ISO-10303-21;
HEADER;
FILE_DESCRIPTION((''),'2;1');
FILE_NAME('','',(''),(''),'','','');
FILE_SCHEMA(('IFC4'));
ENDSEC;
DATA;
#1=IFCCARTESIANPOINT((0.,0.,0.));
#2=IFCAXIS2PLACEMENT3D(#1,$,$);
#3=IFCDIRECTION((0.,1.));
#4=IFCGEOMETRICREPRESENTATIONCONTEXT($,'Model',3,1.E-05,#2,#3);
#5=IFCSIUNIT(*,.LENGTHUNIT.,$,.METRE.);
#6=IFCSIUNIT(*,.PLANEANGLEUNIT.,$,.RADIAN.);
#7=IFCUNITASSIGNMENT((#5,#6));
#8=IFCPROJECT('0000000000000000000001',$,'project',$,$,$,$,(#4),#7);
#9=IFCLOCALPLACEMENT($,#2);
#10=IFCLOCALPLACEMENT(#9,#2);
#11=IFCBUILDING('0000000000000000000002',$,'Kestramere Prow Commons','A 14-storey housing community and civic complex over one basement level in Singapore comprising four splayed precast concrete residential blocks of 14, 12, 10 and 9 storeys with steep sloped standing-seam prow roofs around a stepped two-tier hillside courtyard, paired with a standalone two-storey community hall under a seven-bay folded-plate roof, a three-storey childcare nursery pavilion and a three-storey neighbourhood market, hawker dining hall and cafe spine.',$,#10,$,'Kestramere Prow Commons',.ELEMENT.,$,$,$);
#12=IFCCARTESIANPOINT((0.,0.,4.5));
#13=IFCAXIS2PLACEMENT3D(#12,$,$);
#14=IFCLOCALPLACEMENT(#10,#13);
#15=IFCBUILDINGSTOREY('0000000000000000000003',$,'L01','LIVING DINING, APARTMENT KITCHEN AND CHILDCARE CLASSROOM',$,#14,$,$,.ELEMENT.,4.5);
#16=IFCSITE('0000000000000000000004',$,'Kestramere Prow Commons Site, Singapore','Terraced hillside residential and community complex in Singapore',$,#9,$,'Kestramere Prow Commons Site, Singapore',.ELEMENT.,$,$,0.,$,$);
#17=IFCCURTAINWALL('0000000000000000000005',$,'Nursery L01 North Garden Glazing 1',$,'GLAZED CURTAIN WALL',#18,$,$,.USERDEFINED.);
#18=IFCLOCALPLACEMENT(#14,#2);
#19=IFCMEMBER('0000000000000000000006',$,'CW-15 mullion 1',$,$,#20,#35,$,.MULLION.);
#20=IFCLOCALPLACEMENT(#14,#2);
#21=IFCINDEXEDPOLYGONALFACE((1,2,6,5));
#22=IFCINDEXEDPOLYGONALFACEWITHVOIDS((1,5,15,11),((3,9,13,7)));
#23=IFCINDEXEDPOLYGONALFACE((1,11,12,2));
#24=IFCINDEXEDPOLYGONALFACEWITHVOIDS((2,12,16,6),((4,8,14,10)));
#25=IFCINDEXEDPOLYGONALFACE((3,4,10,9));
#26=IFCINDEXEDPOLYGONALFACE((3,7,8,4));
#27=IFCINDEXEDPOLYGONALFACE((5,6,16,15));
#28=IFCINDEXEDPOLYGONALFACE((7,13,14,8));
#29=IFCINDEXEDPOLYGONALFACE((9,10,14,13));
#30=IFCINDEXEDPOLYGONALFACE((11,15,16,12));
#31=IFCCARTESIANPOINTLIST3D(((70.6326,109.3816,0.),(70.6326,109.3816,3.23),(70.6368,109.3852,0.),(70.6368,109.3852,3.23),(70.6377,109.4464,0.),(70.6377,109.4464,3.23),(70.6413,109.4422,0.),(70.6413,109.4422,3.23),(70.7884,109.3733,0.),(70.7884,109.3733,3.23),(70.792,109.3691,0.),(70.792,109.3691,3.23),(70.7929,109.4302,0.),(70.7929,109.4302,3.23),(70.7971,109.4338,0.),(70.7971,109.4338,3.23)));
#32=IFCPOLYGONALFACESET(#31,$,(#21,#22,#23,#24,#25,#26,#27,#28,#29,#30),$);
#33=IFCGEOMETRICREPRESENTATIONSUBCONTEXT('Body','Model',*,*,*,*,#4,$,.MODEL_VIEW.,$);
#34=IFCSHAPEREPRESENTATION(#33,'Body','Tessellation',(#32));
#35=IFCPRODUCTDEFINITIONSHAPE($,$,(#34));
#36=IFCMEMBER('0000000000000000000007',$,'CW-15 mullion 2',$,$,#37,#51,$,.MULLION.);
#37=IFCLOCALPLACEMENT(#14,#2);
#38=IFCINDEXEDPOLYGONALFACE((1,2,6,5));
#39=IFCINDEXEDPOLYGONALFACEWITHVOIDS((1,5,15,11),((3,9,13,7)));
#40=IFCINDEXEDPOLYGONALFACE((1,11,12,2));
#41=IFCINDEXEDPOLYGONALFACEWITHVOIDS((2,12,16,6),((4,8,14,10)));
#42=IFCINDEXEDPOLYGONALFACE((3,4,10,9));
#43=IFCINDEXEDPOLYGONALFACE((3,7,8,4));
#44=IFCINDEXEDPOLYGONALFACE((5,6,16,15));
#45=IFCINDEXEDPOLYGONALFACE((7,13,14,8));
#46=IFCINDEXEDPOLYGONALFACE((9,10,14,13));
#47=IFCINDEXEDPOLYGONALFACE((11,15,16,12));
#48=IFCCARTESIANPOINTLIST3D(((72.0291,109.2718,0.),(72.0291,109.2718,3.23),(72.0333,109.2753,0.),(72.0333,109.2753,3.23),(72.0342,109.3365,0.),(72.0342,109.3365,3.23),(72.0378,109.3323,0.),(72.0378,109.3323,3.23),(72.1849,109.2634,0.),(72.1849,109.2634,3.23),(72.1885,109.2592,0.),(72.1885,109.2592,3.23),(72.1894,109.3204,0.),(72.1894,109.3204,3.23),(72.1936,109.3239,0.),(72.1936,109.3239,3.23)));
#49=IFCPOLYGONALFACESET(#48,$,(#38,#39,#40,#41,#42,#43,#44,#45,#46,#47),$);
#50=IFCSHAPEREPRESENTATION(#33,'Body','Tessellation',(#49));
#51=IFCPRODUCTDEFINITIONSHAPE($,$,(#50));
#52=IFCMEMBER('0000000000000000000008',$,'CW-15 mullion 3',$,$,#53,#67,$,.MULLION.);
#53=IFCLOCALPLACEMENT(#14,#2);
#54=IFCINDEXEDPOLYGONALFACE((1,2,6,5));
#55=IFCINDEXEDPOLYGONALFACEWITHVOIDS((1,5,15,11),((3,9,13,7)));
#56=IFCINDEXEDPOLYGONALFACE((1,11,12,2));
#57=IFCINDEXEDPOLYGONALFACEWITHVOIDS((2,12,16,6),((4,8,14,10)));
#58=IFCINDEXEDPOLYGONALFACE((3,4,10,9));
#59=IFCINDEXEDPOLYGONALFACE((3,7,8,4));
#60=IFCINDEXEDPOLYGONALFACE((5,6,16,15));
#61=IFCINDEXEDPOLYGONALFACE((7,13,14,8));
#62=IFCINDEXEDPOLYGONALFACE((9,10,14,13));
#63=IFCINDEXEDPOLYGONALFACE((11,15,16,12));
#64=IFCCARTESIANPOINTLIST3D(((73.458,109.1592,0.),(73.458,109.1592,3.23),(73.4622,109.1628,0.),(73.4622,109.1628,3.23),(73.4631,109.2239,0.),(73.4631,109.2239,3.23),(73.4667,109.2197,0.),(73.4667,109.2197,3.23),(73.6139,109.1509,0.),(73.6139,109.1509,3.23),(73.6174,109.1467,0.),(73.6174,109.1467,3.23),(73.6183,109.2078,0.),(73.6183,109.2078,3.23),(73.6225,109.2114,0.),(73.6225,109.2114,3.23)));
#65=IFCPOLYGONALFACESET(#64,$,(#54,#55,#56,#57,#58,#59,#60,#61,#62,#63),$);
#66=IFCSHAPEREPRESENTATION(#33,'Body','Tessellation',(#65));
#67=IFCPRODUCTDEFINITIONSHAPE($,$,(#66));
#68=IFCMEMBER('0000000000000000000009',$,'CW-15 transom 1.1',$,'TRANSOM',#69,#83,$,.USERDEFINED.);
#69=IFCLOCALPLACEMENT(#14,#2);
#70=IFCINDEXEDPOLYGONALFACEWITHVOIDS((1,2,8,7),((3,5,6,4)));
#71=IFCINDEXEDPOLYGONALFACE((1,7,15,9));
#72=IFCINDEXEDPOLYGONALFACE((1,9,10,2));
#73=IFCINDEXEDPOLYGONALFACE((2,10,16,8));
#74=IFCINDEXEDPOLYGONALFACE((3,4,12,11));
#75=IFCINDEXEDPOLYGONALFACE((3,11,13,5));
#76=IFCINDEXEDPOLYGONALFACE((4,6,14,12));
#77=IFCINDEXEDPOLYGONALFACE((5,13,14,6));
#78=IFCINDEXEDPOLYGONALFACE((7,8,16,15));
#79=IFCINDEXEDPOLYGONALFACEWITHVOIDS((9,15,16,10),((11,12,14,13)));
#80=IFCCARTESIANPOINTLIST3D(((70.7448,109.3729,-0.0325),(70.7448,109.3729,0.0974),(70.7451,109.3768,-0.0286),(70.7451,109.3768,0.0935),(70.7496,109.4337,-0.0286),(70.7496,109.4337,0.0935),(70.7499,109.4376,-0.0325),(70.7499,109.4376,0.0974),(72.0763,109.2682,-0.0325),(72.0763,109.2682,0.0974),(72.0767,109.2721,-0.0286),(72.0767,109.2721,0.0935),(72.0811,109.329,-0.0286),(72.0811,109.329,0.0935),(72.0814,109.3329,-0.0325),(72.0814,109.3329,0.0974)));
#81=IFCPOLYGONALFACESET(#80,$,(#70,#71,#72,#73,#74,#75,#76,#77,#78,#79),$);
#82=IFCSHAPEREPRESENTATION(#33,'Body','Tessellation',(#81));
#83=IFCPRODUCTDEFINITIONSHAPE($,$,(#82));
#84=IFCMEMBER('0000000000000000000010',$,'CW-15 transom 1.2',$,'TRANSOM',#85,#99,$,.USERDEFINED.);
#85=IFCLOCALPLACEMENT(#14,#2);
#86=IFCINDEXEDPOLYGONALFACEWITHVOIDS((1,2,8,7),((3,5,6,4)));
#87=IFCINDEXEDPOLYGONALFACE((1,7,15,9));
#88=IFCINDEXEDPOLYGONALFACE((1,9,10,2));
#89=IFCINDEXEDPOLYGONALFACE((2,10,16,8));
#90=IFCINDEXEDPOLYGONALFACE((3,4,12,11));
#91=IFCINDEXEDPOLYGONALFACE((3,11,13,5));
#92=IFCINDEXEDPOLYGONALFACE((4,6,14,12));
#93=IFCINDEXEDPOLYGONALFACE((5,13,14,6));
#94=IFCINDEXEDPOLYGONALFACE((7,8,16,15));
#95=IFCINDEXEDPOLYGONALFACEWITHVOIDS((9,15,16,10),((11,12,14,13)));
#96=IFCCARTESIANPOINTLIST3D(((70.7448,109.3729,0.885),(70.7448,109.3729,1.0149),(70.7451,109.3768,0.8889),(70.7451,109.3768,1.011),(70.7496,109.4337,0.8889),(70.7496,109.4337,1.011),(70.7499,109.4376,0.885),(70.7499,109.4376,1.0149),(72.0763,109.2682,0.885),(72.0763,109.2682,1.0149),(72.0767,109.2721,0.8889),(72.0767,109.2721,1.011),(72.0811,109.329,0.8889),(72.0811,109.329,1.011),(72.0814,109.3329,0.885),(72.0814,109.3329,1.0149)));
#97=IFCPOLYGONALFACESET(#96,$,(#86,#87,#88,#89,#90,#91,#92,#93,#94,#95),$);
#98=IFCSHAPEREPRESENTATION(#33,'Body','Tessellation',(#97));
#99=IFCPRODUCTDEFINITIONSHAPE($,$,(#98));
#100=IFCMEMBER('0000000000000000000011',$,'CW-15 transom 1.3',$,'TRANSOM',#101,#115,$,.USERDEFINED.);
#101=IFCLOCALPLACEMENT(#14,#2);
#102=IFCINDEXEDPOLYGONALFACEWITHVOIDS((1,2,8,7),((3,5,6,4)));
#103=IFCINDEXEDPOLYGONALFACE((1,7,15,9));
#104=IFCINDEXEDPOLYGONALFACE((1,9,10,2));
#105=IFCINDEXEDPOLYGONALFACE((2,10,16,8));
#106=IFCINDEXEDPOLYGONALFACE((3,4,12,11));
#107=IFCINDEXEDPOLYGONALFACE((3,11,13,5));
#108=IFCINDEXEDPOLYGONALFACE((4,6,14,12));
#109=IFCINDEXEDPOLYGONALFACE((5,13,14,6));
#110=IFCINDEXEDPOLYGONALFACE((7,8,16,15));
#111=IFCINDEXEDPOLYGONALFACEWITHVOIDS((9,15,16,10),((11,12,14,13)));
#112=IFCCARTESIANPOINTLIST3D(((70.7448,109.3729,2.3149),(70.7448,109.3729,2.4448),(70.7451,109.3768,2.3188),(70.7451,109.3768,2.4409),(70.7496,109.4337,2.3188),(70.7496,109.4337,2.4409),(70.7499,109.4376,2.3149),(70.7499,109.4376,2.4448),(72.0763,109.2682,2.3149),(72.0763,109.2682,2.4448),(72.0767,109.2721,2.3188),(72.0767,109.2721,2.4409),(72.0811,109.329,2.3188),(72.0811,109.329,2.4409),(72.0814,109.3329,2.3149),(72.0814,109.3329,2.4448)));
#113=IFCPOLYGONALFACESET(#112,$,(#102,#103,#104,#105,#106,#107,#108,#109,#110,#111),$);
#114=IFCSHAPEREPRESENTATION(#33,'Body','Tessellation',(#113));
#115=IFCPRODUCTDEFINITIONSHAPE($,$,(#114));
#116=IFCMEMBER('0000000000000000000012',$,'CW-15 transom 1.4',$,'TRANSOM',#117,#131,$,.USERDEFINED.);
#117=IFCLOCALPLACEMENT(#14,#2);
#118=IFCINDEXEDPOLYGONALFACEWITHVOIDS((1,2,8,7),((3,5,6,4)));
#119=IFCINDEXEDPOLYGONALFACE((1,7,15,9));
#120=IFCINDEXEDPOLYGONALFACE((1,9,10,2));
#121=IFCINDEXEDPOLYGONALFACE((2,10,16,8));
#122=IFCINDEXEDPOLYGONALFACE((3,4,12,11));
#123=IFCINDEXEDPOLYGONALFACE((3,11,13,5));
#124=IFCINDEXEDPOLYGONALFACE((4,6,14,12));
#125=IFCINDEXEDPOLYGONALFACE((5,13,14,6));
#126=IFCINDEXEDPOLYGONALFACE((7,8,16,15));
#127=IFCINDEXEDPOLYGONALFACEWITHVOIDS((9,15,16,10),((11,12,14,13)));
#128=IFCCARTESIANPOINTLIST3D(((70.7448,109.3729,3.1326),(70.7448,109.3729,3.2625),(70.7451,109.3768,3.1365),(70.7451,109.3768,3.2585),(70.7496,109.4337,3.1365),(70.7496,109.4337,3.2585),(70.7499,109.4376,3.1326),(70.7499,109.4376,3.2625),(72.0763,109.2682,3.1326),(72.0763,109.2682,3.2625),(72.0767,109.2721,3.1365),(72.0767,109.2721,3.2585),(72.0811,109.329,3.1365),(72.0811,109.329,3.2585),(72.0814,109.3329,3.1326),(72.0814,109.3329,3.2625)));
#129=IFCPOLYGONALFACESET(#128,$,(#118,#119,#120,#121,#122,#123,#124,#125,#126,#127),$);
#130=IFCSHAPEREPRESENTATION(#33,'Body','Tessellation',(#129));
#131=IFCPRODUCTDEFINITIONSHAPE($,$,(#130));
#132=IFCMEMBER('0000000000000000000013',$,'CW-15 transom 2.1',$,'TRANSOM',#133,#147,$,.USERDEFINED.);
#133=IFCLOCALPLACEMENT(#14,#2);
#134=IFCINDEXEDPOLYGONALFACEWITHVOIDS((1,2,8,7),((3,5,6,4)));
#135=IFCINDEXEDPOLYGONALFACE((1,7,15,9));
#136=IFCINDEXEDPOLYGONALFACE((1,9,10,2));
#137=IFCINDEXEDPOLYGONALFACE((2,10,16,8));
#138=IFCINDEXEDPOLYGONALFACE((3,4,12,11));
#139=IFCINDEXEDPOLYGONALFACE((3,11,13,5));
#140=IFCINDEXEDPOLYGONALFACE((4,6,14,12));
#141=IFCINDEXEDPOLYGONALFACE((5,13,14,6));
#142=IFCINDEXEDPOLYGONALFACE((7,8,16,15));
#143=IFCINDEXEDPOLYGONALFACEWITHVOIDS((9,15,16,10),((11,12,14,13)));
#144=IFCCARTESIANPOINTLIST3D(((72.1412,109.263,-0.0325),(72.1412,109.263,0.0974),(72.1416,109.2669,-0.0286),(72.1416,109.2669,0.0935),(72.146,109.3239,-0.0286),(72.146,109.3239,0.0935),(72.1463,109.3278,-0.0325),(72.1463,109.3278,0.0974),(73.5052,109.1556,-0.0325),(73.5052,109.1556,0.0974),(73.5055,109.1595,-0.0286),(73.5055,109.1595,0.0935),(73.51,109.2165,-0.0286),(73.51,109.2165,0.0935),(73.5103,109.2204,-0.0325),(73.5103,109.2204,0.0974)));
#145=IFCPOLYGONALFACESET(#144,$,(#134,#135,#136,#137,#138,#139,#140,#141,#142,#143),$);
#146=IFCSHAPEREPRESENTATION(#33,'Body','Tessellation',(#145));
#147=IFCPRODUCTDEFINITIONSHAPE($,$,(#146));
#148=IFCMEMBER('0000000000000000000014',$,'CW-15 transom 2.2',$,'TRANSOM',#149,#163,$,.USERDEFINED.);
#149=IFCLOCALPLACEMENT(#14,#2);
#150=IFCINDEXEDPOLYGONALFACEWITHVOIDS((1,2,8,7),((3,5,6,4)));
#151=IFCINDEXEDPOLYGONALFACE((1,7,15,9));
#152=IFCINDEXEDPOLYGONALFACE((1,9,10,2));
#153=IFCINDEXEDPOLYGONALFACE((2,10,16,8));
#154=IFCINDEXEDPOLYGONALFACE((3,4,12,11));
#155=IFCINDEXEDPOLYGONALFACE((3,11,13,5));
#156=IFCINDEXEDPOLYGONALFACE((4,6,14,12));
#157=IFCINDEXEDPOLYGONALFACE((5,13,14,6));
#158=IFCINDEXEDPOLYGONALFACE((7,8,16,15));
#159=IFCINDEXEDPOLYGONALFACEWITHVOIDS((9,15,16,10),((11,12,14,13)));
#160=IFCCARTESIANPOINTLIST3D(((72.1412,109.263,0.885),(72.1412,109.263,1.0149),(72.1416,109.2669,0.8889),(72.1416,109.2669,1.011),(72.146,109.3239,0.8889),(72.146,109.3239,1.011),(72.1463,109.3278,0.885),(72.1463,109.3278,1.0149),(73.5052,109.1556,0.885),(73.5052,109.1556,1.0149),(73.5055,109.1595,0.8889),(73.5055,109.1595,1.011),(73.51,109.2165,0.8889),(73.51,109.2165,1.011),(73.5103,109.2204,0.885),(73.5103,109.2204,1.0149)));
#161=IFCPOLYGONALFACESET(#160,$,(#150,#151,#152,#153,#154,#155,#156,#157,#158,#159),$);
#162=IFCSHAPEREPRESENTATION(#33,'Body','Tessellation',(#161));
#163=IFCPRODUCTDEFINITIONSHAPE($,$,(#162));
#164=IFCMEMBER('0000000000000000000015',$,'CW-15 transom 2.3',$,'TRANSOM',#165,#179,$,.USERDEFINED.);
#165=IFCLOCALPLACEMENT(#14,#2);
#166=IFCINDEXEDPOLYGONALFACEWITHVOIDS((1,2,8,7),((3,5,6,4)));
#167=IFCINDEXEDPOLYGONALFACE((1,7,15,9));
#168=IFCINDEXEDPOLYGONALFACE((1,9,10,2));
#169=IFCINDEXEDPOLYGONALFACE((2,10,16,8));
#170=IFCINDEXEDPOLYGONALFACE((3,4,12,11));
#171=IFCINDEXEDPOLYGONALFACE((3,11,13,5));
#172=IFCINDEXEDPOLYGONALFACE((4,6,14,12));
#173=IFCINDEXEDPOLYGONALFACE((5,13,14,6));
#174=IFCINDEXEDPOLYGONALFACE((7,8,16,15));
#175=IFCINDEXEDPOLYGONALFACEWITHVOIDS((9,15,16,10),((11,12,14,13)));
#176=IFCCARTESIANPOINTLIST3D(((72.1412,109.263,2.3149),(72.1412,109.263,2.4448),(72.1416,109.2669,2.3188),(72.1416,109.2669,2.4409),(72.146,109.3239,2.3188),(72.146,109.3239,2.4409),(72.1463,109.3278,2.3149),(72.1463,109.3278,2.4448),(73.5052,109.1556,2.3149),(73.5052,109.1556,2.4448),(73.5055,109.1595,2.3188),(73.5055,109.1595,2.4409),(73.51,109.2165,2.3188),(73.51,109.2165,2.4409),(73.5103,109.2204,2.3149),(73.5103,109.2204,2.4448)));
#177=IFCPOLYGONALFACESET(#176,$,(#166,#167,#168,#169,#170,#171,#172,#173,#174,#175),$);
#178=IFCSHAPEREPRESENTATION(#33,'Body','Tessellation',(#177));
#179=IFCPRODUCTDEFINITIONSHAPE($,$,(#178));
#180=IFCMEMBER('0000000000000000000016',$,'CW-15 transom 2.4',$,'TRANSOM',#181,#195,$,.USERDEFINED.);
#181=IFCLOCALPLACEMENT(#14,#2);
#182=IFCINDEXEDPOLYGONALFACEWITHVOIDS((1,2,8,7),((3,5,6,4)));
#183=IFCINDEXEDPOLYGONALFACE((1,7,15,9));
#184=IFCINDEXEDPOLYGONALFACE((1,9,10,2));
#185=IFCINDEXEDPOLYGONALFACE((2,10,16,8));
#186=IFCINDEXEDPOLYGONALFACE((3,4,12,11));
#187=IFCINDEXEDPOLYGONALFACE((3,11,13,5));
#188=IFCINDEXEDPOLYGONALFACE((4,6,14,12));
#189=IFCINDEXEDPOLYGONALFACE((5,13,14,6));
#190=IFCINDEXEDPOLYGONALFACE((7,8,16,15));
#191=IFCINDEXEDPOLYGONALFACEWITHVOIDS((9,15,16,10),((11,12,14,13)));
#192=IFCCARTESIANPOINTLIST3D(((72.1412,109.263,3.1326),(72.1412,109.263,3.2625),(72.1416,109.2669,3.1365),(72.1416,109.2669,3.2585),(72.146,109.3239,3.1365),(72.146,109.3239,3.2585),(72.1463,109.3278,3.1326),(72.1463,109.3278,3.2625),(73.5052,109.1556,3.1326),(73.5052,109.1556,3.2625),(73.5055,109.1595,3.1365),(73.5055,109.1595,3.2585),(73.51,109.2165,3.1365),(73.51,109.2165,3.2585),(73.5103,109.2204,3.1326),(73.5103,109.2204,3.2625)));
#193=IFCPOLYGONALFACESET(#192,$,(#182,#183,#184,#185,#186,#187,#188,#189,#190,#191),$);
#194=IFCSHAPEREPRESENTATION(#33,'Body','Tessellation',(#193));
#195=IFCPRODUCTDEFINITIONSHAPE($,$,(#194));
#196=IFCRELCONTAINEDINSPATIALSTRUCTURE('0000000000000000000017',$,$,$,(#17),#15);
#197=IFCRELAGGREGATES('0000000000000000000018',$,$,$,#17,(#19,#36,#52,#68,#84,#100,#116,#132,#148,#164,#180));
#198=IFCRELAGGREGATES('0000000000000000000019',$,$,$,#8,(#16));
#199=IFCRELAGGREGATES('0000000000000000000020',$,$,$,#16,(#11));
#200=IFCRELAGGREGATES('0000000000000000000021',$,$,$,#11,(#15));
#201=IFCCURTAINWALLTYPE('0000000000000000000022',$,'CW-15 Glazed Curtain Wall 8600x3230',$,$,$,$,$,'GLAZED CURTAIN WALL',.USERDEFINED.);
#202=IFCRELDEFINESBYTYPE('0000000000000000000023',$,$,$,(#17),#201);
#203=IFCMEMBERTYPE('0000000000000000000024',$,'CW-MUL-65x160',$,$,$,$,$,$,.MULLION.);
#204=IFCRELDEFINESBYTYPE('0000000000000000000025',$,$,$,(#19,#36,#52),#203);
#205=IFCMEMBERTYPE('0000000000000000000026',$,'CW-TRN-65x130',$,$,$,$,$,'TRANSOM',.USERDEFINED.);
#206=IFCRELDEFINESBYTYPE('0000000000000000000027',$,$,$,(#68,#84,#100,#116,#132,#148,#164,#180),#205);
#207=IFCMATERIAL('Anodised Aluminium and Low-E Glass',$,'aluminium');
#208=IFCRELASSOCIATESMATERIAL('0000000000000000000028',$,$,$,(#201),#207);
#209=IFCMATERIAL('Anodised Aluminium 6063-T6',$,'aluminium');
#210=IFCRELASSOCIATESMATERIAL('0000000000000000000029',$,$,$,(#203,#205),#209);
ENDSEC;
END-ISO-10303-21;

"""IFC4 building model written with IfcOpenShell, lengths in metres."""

from ifc_helpers import new_model, si_unit, direction, frame, origin, origin_2d, place, context, subcontext, project, spatial, hollow_rectangle, extrude, material, material_profile, profile_set, type_object, element, aggregate, save


model = new_model("IFC4")

# Units and contexts
model_context = context("Model", 3, precision=1e-05, world=origin(), true_north=direction((0.0, 1.0)))
body_context = subcontext(model_context, "Body", "Model", "MODEL_VIEW")
ifc_project = project(units=[si_unit("LENGTHUNIT", "METRE"), si_unit("PLANEANGLEUNIT", "RADIAN")], contexts=[model_context])

# Site, building, storey
site_placement = place(None, origin())
site = spatial("IfcSite", under=ifc_project, at=site_placement, Name="Kestramere Prow Commons Site, Singapore", Description="Terraced hillside residential and community complex in Singapore", LongName="Kestramere Prow Commons Site, Singapore", CompositionType="ELEMENT", RefElevation=0.0)
building_placement = place(site_placement, origin())
building = spatial("IfcBuilding", under=site, at=building_placement, Name="Kestramere Prow Commons", Description="A 14-storey housing community and civic complex over one basement level in Singapore comprising four splayed precast concrete residential blocks of 14, 12, 10 and 9 storeys with steep sloped standing-seam prow roofs around a stepped two-tier hillside courtyard, paired with a standalone two-storey community hall under a seven-bay folded-plate roof, a three-storey childcare nursery pavilion and a three-storey neighbourhood market, hawker dining hall and cafe spine.", LongName="Kestramere Prow Commons", CompositionType="ELEMENT")
storey_placement = place(building_placement, frame((0.0, 0.0, 4.5)))
storey = spatial("IfcBuildingStorey", under=building, at=storey_placement, Name="L01", Description="LIVING DINING, APARTMENT KITCHEN AND CHILDCARE CLASSROOM", CompositionType="ELEMENT", Elevation=4.5)

# Curtain wall, members
ifc_material_1 = material(Name="Anodised Aluminium and Low-E Glass", Category="aluminium")
curtain_wall_type = type_object("IfcCurtainWallType", Name="CW-15 Glazed Curtain Wall 8600x3230", ElementType="GLAZED CURTAIN WALL", PredefinedType="USERDEFINED", material=ifc_material_1)
curtain_wall_placement = place(storey_placement, origin())
curtain_wall = element("IfcCurtainWall", 1, at=curtain_wall_placement, inside=storey, type_object=curtain_wall_type, Name="Nursery L01 North Garden Glazing 1", ObjectType="GLAZED CURTAIN WALL", PredefinedType="USERDEFINED")
ifc_material_2 = material(Name="Anodised Aluminium 6063-T6", Category="aluminium")
ifc_material_profile_1 = material_profile(ifc_material_2, hollow_rectangle(XDim=0.0649, YDim=0.1599, WallThickness=0.0039, at=origin_2d()), Name="ALU-MUL 65x160")
ifc_profile_set_1 = profile_set([ifc_material_profile_1], Name="Anodised Aluminium 6063-T6")
member_type_1 = type_object("IfcMemberType", Name="CW-MUL-65x160", PredefinedType="MULLION", material=ifc_profile_set_1)
member_1_placement = place(storey_placement, frame((70.7148, 109.4077, 0.0), z_axis=(0.0, 0.0, 1.0), x_axis=(0.078459, 0.996917, 0.0)))
member_1 = element("IfcMember", 2, at=member_1_placement, type_object=member_type_1, Name="CW-15 mullion 1", PredefinedType="MULLION", context=body_context, shape_type="SweptSolid", body=[
    extrude(hollow_rectangle(XDim=0.0649, YDim=0.1599, WallThickness=0.0039, at=origin_2d()), origin(), (0.0, 0.0, 1.0), 3.23),
])
member_2_placement = place(storey_placement, frame((72.1113, 109.2979, 0.0), z_axis=(0.0, 0.0, 1.0), x_axis=(0.078459, 0.996917, 0.0)))
member_2 = element("IfcMember", 3, at=member_2_placement, type_object=member_type_1, Name="CW-15 mullion 2", PredefinedType="MULLION", context=body_context, shape_type="SweptSolid", body=[
    extrude(hollow_rectangle(XDim=0.0649, YDim=0.1599, WallThickness=0.0039, at=origin_2d()), origin(), (0.0, 0.0, 1.0), 3.23),
])
member_3_placement = place(storey_placement, frame((73.5403, 109.1853, 0.0), z_axis=(0.0, 0.0, 1.0), x_axis=(0.078459, 0.996917, 0.0)))
member_3 = element("IfcMember", 4, at=member_3_placement, type_object=member_type_1, Name="CW-15 mullion 3", PredefinedType="MULLION", context=body_context, shape_type="SweptSolid", body=[
    extrude(hollow_rectangle(XDim=0.0649, YDim=0.1599, WallThickness=0.0039, at=origin_2d()), origin(), (0.0, 0.0, 1.0), 3.23),
])
ifc_material_profile_2 = material_profile(ifc_material_2, hollow_rectangle(XDim=0.0649, YDim=0.1299, WallThickness=0.0039, at=origin_2d()), Name="ALU-TRN 65x130")
ifc_profile_set_2 = profile_set([ifc_material_profile_2], Name="Anodised Aluminium 6063-T6")
member_type_2 = type_object("IfcMemberType", Name="CW-TRN-65x130", ElementType="TRANSOM", PredefinedType="USERDEFINED", material=ifc_profile_set_2)
member_4_placement = place(storey_placement, frame((70.7473, 109.4053, 0.0325), z_axis=(0.996921, -0.078416, 0.0), x_axis=(0.078416, 0.996921, 0.0)))
member_4 = element("IfcMember", 5, at=member_4_placement, type_object=member_type_2, Name="CW-15 transom 1.1", ObjectType="TRANSOM", PredefinedType="USERDEFINED", context=body_context, shape_type="SweptSolid", body=[
    extrude(hollow_rectangle(XDim=0.0649, YDim=0.1299, WallThickness=0.0039, at=origin_2d()), origin(), (0.0, 0.0, 1.0), 1.3357),
])
member_5_placement = place(storey_placement, frame((70.7473, 109.4053, 0.95), z_axis=(0.996921, -0.078416, 0.0), x_axis=(0.078416, 0.996921, 0.0)))
member_5 = element("IfcMember", 6, at=member_5_placement, type_object=member_type_2, Name="CW-15 transom 1.2", ObjectType="TRANSOM", PredefinedType="USERDEFINED", context=body_context, shape_type="SweptSolid", body=[
    extrude(hollow_rectangle(XDim=0.0649, YDim=0.1299, WallThickness=0.0039, at=origin_2d()), origin(), (0.0, 0.0, 1.0), 1.3357),
])
member_6_placement = place(storey_placement, frame((70.7473, 109.4053, 2.3799), z_axis=(0.996921, -0.078416, 0.0), x_axis=(0.078416, 0.996921, 0.0)))
member_6 = element("IfcMember", 7, at=member_6_placement, type_object=member_type_2, Name="CW-15 transom 1.3", ObjectType="TRANSOM", PredefinedType="USERDEFINED", context=body_context, shape_type="SweptSolid", body=[
    extrude(hollow_rectangle(XDim=0.0649, YDim=0.1299, WallThickness=0.0039, at=origin_2d()), origin(), (0.0, 0.0, 1.0), 1.3357),
])
member_7_placement = place(storey_placement, frame((70.7473, 109.4053, 3.1975), z_axis=(0.996921, -0.078416, 0.0), x_axis=(0.078416, 0.996921, 0.0)))
member_7 = element("IfcMember", 8, at=member_7_placement, type_object=member_type_2, Name="CW-15 transom 1.4", ObjectType="TRANSOM", PredefinedType="USERDEFINED", context=body_context, shape_type="SweptSolid", body=[
    extrude(hollow_rectangle(XDim=0.0649, YDim=0.1299, WallThickness=0.0039, at=origin_2d()), origin(), (0.0, 0.0, 1.0), 1.3357),
])
member_8_placement = place(storey_placement, frame((72.1438, 109.2954, 0.0325), z_axis=(0.996913, -0.078511, 0.0), x_axis=(0.078511, 0.996913, 0.0)))
member_8 = element("IfcMember", 9, at=member_8_placement, type_object=member_type_2, Name="CW-15 transom 2.1", ObjectType="TRANSOM", PredefinedType="USERDEFINED", context=body_context, shape_type="SweptSolid", body=[
    extrude(hollow_rectangle(XDim=0.0649, YDim=0.1299, WallThickness=0.0039, at=origin_2d()), origin(), (0.0, 0.0, 1.0), 1.3682),
])
member_9_placement = place(storey_placement, frame((72.1438, 109.2954, 0.95), z_axis=(0.996913, -0.078511, 0.0), x_axis=(0.078511, 0.996913, 0.0)))
member_9 = element("IfcMember", 10, at=member_9_placement, type_object=member_type_2, Name="CW-15 transom 2.2", ObjectType="TRANSOM", PredefinedType="USERDEFINED", context=body_context, shape_type="SweptSolid", body=[
    extrude(hollow_rectangle(XDim=0.0649, YDim=0.1299, WallThickness=0.0039, at=origin_2d()), origin(), (0.0, 0.0, 1.0), 1.3682),
])
member_10_placement = place(storey_placement, frame((72.1438, 109.2954, 2.3799), z_axis=(0.996913, -0.078511, 0.0), x_axis=(0.078511, 0.996913, 0.0)))
member_10 = element("IfcMember", 11, at=member_10_placement, type_object=member_type_2, Name="CW-15 transom 2.3", ObjectType="TRANSOM", PredefinedType="USERDEFINED", context=body_context, shape_type="SweptSolid", body=[
    extrude(hollow_rectangle(XDim=0.0649, YDim=0.1299, WallThickness=0.0039, at=origin_2d()), origin(), (0.0, 0.0, 1.0), 1.3682),
])
member_11_placement = place(storey_placement, frame((72.1438, 109.2954, 3.1975), z_axis=(0.996913, -0.078511, 0.0), x_axis=(0.078511, 0.996913, 0.0)))
member_11 = element("IfcMember", 12, at=member_11_placement, type_object=member_type_2, Name="CW-15 transom 2.4", ObjectType="TRANSOM", PredefinedType="USERDEFINED", context=body_context, shape_type="SweptSolid", body=[
    extrude(hollow_rectangle(XDim=0.0649, YDim=0.1299, WallThickness=0.0039, at=origin_2d()), origin(), (0.0, 0.0, 1.0), 1.3682),
])
aggregate(curtain_wall, [member_1, member_2, member_3, member_4, member_5, member_6, member_7, member_8, member_9, member_10, member_11])

save(model, "model.ifc")
